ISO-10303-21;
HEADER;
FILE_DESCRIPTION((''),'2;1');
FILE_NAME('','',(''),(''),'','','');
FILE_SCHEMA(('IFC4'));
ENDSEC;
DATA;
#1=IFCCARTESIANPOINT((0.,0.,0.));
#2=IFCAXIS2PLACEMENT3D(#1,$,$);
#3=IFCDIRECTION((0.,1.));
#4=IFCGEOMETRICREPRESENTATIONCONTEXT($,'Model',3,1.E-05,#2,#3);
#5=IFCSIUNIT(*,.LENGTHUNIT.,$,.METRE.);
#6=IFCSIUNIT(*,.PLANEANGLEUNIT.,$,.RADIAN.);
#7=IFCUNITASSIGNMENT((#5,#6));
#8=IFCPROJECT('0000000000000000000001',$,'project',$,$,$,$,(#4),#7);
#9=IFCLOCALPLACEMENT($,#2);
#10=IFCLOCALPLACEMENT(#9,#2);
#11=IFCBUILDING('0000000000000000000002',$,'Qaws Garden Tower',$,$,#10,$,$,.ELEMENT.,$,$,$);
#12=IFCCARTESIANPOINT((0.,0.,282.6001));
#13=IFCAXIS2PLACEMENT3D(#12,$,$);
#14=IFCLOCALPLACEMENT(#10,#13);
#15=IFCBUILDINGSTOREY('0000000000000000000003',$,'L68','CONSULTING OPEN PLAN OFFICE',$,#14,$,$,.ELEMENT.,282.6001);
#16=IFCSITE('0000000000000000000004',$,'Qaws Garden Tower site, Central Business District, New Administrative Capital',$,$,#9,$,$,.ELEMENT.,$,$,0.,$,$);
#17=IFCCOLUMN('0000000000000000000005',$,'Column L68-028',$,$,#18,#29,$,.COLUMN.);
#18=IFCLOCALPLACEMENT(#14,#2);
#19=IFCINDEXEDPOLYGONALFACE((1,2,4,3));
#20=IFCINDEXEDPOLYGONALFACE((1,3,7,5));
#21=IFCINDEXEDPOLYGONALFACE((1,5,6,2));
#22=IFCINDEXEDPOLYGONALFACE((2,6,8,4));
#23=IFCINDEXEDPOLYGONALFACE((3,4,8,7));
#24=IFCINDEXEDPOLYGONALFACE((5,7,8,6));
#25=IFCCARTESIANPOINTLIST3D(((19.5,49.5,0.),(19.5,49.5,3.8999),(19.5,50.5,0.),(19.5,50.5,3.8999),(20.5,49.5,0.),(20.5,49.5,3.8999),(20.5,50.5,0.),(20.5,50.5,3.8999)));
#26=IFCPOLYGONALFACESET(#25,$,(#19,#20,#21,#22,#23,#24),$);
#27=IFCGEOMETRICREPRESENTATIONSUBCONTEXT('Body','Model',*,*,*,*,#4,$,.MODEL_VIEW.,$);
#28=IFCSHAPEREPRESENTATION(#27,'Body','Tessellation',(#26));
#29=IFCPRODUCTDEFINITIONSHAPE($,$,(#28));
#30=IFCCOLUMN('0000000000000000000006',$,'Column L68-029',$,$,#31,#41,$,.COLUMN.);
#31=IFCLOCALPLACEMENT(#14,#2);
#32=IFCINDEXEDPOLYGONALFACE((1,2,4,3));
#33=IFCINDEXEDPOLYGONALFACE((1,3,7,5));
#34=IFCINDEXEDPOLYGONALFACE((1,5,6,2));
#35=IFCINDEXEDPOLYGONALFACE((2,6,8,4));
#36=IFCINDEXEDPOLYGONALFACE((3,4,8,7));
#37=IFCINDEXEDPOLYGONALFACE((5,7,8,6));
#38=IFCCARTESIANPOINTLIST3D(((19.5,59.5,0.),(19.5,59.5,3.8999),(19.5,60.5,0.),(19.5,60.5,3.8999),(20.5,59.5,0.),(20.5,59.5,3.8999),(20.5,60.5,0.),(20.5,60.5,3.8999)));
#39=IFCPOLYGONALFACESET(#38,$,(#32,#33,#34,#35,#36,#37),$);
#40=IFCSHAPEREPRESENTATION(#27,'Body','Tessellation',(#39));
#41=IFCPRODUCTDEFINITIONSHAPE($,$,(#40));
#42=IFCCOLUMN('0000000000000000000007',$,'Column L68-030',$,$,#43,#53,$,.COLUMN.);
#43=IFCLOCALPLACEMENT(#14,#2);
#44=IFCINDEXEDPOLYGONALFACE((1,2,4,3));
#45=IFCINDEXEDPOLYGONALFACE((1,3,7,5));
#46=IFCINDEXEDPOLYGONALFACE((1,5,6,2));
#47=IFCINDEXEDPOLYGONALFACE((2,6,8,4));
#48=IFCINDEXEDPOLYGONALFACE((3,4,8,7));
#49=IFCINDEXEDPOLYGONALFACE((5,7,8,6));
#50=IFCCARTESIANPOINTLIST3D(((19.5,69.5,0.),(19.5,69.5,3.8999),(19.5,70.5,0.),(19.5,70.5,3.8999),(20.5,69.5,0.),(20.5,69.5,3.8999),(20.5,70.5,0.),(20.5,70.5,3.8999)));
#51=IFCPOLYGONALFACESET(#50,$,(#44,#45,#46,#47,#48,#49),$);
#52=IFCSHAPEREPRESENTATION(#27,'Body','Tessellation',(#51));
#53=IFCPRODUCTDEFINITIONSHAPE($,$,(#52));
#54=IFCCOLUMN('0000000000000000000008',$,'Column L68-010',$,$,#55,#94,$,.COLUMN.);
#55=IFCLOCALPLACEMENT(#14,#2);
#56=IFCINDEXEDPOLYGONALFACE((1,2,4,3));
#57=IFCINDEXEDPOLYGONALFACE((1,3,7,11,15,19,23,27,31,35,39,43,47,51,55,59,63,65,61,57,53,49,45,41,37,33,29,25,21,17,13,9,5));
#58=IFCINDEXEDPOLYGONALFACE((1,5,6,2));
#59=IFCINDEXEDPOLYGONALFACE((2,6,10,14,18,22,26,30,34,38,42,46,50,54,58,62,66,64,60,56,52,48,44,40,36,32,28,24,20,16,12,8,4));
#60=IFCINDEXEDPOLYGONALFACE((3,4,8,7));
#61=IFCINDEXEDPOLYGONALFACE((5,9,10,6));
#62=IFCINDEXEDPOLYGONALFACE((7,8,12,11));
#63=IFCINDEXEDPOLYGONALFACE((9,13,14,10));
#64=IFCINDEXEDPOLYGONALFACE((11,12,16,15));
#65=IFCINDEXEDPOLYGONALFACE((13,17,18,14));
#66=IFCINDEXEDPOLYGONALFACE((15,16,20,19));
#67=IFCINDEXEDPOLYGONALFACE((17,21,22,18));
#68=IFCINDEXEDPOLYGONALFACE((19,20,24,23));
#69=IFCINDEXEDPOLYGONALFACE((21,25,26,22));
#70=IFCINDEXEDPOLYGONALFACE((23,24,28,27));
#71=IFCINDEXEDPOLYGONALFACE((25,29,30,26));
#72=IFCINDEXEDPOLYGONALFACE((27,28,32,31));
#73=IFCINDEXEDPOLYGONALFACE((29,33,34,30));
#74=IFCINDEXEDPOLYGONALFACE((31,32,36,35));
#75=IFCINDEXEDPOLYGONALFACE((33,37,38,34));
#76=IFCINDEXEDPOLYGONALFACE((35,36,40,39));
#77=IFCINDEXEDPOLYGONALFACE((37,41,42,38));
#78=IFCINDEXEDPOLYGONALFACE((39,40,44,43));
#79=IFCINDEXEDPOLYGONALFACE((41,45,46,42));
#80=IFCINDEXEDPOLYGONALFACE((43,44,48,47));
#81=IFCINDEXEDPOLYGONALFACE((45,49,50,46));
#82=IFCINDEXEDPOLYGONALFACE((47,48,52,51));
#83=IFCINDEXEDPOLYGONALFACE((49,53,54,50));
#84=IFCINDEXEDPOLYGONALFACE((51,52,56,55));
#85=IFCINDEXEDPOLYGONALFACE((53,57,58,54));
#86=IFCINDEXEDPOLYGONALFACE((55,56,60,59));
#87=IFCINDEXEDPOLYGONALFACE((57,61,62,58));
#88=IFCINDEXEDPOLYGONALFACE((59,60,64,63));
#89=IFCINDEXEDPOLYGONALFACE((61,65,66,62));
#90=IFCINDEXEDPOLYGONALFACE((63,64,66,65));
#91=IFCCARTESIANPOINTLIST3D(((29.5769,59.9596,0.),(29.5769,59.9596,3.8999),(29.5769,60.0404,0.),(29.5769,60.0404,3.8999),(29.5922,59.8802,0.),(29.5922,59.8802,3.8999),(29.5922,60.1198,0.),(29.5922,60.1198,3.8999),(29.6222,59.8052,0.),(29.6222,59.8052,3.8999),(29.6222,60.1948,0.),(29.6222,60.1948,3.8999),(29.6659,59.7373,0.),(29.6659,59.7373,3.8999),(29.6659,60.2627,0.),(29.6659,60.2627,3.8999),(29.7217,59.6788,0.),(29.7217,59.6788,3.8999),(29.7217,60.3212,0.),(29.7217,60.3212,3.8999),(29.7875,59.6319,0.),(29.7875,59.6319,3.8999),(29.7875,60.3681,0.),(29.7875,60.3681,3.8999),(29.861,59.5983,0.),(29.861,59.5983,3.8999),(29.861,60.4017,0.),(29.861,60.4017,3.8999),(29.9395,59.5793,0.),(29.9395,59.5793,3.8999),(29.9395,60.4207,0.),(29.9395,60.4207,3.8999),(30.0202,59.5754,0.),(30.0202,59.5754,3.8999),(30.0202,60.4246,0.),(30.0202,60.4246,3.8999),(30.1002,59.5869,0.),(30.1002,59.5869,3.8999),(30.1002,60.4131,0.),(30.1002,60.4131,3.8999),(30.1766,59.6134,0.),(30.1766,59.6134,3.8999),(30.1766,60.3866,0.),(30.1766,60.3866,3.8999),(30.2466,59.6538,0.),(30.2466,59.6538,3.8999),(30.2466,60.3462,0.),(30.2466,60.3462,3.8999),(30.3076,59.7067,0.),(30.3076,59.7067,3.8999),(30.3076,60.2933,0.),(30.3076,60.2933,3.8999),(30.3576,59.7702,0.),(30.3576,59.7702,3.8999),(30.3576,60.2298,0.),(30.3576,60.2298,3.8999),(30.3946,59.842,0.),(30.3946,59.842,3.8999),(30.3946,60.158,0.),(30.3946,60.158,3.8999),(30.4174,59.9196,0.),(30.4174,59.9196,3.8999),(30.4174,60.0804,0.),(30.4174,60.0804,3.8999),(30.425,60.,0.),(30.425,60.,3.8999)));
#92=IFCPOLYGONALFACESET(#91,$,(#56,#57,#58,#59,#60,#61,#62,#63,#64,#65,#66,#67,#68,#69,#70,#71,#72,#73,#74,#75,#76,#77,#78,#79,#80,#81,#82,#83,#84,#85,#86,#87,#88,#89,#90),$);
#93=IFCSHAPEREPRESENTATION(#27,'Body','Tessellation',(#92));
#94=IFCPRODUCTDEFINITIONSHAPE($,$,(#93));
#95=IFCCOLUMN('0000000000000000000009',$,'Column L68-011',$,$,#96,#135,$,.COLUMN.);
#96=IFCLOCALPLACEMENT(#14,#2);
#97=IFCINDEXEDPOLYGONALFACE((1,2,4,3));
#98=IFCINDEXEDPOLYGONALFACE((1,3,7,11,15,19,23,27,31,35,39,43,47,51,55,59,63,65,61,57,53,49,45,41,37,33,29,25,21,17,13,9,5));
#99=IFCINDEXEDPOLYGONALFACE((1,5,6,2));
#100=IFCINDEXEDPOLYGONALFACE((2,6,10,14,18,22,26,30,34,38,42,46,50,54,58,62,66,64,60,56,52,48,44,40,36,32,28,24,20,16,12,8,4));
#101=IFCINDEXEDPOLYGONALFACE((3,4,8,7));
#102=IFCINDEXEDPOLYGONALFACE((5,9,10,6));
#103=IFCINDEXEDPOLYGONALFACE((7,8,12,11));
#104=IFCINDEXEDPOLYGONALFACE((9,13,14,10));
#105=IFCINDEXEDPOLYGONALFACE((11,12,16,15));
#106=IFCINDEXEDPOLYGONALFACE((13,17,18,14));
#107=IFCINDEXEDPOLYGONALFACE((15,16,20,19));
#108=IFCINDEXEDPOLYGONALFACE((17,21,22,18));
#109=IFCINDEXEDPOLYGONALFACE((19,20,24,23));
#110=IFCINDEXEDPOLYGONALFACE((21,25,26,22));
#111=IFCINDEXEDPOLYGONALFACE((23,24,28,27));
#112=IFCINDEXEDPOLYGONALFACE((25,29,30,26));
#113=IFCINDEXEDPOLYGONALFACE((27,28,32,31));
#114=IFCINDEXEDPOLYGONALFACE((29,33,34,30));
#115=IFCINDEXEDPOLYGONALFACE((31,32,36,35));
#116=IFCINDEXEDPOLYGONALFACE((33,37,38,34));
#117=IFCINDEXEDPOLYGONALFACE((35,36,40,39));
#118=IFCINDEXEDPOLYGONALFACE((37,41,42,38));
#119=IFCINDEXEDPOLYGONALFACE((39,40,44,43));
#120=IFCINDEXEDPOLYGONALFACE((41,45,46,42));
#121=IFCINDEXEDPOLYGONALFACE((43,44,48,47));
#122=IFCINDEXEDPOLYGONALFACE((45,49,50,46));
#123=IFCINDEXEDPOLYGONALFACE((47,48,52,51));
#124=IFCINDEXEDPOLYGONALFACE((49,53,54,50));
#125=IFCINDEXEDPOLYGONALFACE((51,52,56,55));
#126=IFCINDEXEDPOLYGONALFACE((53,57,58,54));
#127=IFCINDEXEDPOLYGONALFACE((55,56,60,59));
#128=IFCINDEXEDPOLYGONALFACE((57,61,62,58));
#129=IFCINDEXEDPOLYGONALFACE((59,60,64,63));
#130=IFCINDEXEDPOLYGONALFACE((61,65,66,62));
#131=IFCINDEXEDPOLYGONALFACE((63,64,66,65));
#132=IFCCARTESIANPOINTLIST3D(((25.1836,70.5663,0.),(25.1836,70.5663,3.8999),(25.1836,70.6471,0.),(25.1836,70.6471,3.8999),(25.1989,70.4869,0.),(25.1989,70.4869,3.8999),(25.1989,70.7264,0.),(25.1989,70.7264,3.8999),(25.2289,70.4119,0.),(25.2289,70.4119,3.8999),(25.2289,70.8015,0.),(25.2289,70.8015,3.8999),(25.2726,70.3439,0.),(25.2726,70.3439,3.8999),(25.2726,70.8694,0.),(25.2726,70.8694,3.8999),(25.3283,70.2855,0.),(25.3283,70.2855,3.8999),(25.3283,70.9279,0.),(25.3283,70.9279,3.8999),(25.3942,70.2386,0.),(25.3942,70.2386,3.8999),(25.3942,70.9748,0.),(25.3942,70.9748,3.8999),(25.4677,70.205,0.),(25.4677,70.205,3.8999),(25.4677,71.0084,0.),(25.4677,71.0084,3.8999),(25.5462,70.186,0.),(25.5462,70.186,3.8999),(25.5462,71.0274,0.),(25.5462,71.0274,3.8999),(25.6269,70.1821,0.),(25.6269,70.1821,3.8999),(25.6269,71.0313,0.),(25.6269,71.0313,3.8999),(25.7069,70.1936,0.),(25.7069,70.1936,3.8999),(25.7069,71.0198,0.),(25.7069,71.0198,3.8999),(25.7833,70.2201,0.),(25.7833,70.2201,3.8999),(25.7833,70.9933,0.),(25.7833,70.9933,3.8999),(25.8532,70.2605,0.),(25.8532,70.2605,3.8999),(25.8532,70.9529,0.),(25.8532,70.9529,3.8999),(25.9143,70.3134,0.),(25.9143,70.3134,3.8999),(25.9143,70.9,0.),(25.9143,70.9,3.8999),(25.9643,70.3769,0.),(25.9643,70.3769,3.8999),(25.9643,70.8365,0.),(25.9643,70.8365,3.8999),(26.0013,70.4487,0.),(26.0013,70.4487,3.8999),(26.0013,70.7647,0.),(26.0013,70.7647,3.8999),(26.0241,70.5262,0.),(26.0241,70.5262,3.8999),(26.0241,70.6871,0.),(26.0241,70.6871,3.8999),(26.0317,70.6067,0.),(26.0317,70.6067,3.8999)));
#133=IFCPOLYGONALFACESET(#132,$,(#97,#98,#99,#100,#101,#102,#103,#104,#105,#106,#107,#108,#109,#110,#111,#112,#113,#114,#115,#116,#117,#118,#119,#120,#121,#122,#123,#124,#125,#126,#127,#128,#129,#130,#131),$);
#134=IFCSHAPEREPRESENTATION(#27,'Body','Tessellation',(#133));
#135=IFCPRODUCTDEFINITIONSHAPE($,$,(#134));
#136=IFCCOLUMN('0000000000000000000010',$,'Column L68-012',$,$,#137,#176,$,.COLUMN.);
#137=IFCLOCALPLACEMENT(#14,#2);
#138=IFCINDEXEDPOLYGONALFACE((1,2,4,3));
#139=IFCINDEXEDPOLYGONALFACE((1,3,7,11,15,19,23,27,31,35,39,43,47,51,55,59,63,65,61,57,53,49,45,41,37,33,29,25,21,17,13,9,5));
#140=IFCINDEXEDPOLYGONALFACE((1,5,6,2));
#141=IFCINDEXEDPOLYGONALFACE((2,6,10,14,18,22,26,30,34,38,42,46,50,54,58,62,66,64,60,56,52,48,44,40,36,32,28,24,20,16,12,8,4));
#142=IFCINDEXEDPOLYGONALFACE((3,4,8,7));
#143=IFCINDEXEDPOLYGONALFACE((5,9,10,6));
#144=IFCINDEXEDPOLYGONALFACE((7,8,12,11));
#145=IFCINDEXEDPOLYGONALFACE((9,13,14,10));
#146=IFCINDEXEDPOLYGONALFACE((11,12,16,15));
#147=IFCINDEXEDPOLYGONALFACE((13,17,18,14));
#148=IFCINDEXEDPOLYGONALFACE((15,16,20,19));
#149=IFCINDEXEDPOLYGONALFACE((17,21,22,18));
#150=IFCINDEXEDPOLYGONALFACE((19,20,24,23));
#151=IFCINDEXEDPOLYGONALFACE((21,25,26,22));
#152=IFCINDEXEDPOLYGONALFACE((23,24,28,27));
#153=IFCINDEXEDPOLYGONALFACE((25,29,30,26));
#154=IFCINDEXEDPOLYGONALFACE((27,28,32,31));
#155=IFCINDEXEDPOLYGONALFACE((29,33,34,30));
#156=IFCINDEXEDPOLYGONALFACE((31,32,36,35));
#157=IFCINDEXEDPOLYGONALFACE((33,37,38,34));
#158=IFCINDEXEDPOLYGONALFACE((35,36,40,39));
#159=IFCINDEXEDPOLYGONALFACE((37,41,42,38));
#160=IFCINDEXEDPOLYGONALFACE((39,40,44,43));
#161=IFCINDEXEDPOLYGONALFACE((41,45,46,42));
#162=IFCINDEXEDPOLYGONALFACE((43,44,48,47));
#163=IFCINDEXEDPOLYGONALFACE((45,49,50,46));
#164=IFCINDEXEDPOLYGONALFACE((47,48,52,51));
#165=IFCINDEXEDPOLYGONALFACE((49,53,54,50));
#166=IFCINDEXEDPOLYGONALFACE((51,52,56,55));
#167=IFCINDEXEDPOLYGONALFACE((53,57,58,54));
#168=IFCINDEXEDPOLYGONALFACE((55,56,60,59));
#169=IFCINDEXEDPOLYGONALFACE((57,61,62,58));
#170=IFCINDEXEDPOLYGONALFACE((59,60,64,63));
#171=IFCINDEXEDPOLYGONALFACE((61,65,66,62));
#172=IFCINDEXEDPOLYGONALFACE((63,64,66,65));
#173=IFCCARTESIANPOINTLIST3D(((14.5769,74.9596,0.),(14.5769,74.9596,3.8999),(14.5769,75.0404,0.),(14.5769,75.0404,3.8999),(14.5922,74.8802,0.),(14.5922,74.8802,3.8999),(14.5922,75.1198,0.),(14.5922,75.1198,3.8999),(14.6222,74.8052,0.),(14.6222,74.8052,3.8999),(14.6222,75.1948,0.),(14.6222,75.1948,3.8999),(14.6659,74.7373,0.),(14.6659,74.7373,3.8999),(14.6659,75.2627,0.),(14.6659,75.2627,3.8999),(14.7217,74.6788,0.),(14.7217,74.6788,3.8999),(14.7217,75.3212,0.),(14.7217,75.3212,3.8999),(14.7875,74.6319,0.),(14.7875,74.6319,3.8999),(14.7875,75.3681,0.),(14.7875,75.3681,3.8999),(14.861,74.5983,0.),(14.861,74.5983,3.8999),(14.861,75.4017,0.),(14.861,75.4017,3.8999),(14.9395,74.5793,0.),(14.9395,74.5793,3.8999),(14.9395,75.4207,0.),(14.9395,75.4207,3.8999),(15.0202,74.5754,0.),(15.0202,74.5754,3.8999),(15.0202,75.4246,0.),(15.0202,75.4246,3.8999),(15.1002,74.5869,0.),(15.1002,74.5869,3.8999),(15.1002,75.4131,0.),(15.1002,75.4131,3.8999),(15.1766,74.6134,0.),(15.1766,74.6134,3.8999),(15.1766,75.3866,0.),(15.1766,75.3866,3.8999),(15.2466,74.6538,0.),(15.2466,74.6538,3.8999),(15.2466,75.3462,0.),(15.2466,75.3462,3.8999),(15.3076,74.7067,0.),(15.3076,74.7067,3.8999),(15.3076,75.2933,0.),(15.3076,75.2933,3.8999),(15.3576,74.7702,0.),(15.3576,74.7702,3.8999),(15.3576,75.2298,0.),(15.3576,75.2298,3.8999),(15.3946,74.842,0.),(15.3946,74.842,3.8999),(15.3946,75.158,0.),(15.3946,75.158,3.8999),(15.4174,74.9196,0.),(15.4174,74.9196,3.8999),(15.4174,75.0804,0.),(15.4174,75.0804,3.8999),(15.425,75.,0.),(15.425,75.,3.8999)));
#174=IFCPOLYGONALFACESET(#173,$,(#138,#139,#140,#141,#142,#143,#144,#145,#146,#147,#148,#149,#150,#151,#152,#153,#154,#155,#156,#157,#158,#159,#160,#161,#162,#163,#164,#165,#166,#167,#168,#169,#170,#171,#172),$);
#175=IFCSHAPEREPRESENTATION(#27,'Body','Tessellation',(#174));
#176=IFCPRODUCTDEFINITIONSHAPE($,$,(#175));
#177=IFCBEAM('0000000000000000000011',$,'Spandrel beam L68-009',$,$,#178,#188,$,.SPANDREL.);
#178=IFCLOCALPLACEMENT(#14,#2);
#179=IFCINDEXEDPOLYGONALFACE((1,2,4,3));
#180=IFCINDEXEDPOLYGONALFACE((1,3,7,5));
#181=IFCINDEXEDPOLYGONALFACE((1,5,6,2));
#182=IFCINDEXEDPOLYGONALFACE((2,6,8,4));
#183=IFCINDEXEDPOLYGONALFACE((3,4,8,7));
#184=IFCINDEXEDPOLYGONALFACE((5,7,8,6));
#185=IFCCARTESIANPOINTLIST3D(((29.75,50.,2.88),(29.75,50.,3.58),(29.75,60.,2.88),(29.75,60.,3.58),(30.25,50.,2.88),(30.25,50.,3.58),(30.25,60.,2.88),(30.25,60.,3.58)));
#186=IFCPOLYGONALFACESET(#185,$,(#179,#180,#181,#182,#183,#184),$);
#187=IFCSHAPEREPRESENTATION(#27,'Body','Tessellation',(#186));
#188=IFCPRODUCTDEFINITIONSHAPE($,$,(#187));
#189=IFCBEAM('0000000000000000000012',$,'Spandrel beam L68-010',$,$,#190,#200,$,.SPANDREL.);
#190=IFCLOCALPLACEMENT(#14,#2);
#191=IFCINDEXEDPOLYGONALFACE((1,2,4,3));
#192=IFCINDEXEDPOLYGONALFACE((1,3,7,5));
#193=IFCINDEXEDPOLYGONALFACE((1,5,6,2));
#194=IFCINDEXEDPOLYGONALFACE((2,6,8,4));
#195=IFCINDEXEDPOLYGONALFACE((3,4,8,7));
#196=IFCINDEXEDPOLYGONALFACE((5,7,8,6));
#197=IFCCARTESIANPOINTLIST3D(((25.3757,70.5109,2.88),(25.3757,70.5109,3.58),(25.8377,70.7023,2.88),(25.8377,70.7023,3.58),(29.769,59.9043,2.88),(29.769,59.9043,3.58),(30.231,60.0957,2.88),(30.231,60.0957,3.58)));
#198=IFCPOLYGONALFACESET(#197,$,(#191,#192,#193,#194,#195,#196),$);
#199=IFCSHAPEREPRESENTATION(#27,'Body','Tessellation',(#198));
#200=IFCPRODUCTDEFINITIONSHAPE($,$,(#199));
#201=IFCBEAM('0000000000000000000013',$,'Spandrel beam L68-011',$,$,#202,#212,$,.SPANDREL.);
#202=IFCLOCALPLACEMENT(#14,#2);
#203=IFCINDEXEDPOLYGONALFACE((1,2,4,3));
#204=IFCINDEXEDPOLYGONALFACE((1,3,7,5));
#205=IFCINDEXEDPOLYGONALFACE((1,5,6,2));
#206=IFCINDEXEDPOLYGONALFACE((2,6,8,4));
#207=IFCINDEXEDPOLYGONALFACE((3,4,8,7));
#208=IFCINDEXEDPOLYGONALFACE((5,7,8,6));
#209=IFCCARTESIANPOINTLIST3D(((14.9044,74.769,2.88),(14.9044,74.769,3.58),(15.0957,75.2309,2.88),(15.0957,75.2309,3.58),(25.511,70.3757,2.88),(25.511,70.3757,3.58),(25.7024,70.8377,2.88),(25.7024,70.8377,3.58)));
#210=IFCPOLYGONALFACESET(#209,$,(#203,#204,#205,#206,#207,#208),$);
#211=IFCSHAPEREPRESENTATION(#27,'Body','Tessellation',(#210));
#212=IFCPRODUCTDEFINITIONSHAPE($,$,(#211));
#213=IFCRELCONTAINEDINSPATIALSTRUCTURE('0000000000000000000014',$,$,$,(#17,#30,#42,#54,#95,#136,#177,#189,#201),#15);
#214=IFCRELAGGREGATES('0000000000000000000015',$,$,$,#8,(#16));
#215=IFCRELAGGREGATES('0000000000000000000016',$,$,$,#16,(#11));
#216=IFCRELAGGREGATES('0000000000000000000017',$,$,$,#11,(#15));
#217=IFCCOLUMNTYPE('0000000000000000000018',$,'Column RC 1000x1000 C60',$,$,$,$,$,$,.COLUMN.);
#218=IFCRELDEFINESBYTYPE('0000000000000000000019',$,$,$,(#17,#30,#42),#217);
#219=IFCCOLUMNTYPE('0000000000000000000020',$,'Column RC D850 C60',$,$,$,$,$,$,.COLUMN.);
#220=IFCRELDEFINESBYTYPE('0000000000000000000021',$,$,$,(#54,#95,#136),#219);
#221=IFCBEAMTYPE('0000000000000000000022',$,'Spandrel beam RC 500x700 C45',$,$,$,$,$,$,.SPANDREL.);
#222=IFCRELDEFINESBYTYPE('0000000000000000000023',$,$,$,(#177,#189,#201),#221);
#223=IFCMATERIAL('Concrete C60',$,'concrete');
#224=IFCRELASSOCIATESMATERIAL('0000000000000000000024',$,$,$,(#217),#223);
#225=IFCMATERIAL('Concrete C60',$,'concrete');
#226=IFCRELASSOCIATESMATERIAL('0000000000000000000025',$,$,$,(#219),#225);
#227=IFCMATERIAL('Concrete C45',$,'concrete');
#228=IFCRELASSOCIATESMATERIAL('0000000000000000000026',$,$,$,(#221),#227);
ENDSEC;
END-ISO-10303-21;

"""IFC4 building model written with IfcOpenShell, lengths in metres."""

from ifc_helpers import new_model, si_unit, direction, frame, origin, origin_2d, place, context, subcontext, project, spatial, rectangle, circle, extrude, material, material_profile, profile_set, type_object, element, save


model = new_model("IFC4")

# Units and contexts
model_context = context("Model", 3, precision=1e-05, world=origin(), true_north=direction((0.0, 1.0)))
body_context = subcontext(model_context, "Body", "Model", "MODEL_VIEW")
ifc_project = project(units=[si_unit("LENGTHUNIT", "METRE"), si_unit("PLANEANGLEUNIT", "RADIAN")], contexts=[model_context])

# Site, building, storey
site_placement = place(None, origin())
site = spatial("IfcSite", under=ifc_project, at=site_placement, Name="Qaws Garden Tower site, Central Business District, New Administrative Capital", CompositionType="ELEMENT", RefElevation=0.0)
building_placement = place(site_placement, origin())
building = spatial("IfcBuilding", under=site, at=building_placement, Name="Qaws Garden Tower", CompositionType="ELEMENT")
storey_placement = place(building_placement, frame((0.0, 0.0, 282.6001)))
storey = spatial("IfcBuildingStorey", under=building, at=storey_placement, Name="L68", Description="CONSULTING OPEN PLAN OFFICE", CompositionType="ELEMENT", Elevation=282.6001)

# Columns
ifc_material_1 = material(Name="Concrete C60", Category="concrete")
ifc_material_profile_1 = material_profile(ifc_material_1, rectangle(XDim=1.0, YDim=1.0, at=origin_2d()), Name="RC 1000x1000")
ifc_profile_set_1 = profile_set([ifc_material_profile_1], Name="Concrete C60")
column_type_1 = type_object("IfcColumnType", Name="Column RC 1000x1000 C60", PredefinedType="COLUMN", material=ifc_profile_set_1)
for number, where, z_axis, x_axis, name in (
    (1, (20.0, 50.0, 0.0), (0.0, 0.0, 1.0), (1.0, 0.0, 0.0), "Column L68-028"),
    (2, (20.0, 60.0, 0.0), (0.0, 0.0, 1.0), (1.0, 0.0, 0.0), "Column L68-029"),
    (3, (20.0, 70.0, 0.0), (0.0, 0.0, 1.0), (1.0, 0.0, 0.0), "Column L68-030"),
):
    element("IfcColumn", number, at=place(storey_placement, frame(where, z_axis=z_axis, x_axis=x_axis)), inside=storey, type_object=column_type_1, Name=name, PredefinedType="COLUMN", context=body_context, shape_type="SweptSolid", body=[
        extrude(rectangle(XDim=1.0, YDim=1.0, at=origin_2d()), origin(), (0.0, 0.0, 1.0), 3.8999),
    ])
ifc_material_2 = material(Name="Concrete C60", Category="concrete")
ifc_material_profile_2 = material_profile(ifc_material_2, circle(Radius=0.425, at=origin_2d()), Name="RC D850")
ifc_profile_set_2 = profile_set([ifc_material_profile_2], Name="Concrete C60")
column_type_2 = type_object("IfcColumnType", Name="Column RC D850 C60", PredefinedType="COLUMN", material=ifc_profile_set_2)
for number, where, z_axis, x_axis, name in (
    (4, (30.0, 60.0, 0.0), (0.0, 0.0, 1.0), (1.0, 0.0, 0.0), "Column L68-010"),
    (5, (25.6067, 70.6067, 0.0), (0.0, 0.0, 1.0), (1.0, 0.0, 0.0), "Column L68-011"),
    (6, (15.0, 75.0, 0.0), (0.0, 0.0, 1.0), (1.0, 0.0, 0.0), "Column L68-012"),
):
    element("IfcColumn", number, at=place(storey_placement, frame(where, z_axis=z_axis, x_axis=x_axis)), inside=storey, type_object=column_type_2, Name=name, PredefinedType="COLUMN", context=body_context, shape_type="SweptSolid", body=[
        extrude(circle(Radius=0.425, at=origin_2d()), origin(), (0.0, 0.0, 1.0), 3.8999),
    ])

# Beams
ifc_material_3 = material(Name="Concrete C45", Category="concrete")
ifc_material_profile_3 = material_profile(ifc_material_3, rectangle(XDim=0.5, YDim=0.7, at=origin_2d()), Name="RC 500x700")
ifc_profile_set_3 = profile_set([ifc_material_profile_3], Name="Concrete C45")
beam_type = type_object("IfcBeamType", Name="Spandrel beam RC 500x700 C45", PredefinedType="SPANDREL", material=ifc_profile_set_3)
beam_placement = place(storey_placement, frame((30.0, 50.0, 3.23), z_axis=(0.0, 1.0, 0.0), x_axis=(-1.0, 0.0, 0.0)))
element("IfcBeam", 7, at=beam_placement, inside=storey, type_object=beam_type, Name="Spandrel beam L68-009", PredefinedType="SPANDREL", context=body_context, shape_type="SweptSolid", body=[
    extrude(rectangle(XDim=0.5, YDim=0.7, at=origin_2d()), origin(), (0.0, 0.0, 1.0), 10.0),
])
for number, where, z_axis, x_axis, name in (
    (8, (30.0, 60.0, 3.23), (-0.382674, 0.923883, 0.0), (-0.923883, -0.382674, 0.0), "Spandrel beam L68-010"),
    (9, (25.6067, 70.6067, 3.23), (-0.923883, 0.382674, 0.0), (-0.382674, -0.923883, 0.0), "Spandrel beam L68-011"),
):
    element("IfcBeam", number, at=place(storey_placement, frame(where, z_axis=z_axis, x_axis=x_axis)), inside=storey, type_object=beam_type, Name=name, PredefinedType="SPANDREL", context=body_context, shape_type="SweptSolid", body=[
        extrude(rectangle(XDim=0.5, YDim=0.7, at=origin_2d()), origin(), (0.0, 0.0, 1.0), 11.4805),
    ])

save(model, "model.ifc")
